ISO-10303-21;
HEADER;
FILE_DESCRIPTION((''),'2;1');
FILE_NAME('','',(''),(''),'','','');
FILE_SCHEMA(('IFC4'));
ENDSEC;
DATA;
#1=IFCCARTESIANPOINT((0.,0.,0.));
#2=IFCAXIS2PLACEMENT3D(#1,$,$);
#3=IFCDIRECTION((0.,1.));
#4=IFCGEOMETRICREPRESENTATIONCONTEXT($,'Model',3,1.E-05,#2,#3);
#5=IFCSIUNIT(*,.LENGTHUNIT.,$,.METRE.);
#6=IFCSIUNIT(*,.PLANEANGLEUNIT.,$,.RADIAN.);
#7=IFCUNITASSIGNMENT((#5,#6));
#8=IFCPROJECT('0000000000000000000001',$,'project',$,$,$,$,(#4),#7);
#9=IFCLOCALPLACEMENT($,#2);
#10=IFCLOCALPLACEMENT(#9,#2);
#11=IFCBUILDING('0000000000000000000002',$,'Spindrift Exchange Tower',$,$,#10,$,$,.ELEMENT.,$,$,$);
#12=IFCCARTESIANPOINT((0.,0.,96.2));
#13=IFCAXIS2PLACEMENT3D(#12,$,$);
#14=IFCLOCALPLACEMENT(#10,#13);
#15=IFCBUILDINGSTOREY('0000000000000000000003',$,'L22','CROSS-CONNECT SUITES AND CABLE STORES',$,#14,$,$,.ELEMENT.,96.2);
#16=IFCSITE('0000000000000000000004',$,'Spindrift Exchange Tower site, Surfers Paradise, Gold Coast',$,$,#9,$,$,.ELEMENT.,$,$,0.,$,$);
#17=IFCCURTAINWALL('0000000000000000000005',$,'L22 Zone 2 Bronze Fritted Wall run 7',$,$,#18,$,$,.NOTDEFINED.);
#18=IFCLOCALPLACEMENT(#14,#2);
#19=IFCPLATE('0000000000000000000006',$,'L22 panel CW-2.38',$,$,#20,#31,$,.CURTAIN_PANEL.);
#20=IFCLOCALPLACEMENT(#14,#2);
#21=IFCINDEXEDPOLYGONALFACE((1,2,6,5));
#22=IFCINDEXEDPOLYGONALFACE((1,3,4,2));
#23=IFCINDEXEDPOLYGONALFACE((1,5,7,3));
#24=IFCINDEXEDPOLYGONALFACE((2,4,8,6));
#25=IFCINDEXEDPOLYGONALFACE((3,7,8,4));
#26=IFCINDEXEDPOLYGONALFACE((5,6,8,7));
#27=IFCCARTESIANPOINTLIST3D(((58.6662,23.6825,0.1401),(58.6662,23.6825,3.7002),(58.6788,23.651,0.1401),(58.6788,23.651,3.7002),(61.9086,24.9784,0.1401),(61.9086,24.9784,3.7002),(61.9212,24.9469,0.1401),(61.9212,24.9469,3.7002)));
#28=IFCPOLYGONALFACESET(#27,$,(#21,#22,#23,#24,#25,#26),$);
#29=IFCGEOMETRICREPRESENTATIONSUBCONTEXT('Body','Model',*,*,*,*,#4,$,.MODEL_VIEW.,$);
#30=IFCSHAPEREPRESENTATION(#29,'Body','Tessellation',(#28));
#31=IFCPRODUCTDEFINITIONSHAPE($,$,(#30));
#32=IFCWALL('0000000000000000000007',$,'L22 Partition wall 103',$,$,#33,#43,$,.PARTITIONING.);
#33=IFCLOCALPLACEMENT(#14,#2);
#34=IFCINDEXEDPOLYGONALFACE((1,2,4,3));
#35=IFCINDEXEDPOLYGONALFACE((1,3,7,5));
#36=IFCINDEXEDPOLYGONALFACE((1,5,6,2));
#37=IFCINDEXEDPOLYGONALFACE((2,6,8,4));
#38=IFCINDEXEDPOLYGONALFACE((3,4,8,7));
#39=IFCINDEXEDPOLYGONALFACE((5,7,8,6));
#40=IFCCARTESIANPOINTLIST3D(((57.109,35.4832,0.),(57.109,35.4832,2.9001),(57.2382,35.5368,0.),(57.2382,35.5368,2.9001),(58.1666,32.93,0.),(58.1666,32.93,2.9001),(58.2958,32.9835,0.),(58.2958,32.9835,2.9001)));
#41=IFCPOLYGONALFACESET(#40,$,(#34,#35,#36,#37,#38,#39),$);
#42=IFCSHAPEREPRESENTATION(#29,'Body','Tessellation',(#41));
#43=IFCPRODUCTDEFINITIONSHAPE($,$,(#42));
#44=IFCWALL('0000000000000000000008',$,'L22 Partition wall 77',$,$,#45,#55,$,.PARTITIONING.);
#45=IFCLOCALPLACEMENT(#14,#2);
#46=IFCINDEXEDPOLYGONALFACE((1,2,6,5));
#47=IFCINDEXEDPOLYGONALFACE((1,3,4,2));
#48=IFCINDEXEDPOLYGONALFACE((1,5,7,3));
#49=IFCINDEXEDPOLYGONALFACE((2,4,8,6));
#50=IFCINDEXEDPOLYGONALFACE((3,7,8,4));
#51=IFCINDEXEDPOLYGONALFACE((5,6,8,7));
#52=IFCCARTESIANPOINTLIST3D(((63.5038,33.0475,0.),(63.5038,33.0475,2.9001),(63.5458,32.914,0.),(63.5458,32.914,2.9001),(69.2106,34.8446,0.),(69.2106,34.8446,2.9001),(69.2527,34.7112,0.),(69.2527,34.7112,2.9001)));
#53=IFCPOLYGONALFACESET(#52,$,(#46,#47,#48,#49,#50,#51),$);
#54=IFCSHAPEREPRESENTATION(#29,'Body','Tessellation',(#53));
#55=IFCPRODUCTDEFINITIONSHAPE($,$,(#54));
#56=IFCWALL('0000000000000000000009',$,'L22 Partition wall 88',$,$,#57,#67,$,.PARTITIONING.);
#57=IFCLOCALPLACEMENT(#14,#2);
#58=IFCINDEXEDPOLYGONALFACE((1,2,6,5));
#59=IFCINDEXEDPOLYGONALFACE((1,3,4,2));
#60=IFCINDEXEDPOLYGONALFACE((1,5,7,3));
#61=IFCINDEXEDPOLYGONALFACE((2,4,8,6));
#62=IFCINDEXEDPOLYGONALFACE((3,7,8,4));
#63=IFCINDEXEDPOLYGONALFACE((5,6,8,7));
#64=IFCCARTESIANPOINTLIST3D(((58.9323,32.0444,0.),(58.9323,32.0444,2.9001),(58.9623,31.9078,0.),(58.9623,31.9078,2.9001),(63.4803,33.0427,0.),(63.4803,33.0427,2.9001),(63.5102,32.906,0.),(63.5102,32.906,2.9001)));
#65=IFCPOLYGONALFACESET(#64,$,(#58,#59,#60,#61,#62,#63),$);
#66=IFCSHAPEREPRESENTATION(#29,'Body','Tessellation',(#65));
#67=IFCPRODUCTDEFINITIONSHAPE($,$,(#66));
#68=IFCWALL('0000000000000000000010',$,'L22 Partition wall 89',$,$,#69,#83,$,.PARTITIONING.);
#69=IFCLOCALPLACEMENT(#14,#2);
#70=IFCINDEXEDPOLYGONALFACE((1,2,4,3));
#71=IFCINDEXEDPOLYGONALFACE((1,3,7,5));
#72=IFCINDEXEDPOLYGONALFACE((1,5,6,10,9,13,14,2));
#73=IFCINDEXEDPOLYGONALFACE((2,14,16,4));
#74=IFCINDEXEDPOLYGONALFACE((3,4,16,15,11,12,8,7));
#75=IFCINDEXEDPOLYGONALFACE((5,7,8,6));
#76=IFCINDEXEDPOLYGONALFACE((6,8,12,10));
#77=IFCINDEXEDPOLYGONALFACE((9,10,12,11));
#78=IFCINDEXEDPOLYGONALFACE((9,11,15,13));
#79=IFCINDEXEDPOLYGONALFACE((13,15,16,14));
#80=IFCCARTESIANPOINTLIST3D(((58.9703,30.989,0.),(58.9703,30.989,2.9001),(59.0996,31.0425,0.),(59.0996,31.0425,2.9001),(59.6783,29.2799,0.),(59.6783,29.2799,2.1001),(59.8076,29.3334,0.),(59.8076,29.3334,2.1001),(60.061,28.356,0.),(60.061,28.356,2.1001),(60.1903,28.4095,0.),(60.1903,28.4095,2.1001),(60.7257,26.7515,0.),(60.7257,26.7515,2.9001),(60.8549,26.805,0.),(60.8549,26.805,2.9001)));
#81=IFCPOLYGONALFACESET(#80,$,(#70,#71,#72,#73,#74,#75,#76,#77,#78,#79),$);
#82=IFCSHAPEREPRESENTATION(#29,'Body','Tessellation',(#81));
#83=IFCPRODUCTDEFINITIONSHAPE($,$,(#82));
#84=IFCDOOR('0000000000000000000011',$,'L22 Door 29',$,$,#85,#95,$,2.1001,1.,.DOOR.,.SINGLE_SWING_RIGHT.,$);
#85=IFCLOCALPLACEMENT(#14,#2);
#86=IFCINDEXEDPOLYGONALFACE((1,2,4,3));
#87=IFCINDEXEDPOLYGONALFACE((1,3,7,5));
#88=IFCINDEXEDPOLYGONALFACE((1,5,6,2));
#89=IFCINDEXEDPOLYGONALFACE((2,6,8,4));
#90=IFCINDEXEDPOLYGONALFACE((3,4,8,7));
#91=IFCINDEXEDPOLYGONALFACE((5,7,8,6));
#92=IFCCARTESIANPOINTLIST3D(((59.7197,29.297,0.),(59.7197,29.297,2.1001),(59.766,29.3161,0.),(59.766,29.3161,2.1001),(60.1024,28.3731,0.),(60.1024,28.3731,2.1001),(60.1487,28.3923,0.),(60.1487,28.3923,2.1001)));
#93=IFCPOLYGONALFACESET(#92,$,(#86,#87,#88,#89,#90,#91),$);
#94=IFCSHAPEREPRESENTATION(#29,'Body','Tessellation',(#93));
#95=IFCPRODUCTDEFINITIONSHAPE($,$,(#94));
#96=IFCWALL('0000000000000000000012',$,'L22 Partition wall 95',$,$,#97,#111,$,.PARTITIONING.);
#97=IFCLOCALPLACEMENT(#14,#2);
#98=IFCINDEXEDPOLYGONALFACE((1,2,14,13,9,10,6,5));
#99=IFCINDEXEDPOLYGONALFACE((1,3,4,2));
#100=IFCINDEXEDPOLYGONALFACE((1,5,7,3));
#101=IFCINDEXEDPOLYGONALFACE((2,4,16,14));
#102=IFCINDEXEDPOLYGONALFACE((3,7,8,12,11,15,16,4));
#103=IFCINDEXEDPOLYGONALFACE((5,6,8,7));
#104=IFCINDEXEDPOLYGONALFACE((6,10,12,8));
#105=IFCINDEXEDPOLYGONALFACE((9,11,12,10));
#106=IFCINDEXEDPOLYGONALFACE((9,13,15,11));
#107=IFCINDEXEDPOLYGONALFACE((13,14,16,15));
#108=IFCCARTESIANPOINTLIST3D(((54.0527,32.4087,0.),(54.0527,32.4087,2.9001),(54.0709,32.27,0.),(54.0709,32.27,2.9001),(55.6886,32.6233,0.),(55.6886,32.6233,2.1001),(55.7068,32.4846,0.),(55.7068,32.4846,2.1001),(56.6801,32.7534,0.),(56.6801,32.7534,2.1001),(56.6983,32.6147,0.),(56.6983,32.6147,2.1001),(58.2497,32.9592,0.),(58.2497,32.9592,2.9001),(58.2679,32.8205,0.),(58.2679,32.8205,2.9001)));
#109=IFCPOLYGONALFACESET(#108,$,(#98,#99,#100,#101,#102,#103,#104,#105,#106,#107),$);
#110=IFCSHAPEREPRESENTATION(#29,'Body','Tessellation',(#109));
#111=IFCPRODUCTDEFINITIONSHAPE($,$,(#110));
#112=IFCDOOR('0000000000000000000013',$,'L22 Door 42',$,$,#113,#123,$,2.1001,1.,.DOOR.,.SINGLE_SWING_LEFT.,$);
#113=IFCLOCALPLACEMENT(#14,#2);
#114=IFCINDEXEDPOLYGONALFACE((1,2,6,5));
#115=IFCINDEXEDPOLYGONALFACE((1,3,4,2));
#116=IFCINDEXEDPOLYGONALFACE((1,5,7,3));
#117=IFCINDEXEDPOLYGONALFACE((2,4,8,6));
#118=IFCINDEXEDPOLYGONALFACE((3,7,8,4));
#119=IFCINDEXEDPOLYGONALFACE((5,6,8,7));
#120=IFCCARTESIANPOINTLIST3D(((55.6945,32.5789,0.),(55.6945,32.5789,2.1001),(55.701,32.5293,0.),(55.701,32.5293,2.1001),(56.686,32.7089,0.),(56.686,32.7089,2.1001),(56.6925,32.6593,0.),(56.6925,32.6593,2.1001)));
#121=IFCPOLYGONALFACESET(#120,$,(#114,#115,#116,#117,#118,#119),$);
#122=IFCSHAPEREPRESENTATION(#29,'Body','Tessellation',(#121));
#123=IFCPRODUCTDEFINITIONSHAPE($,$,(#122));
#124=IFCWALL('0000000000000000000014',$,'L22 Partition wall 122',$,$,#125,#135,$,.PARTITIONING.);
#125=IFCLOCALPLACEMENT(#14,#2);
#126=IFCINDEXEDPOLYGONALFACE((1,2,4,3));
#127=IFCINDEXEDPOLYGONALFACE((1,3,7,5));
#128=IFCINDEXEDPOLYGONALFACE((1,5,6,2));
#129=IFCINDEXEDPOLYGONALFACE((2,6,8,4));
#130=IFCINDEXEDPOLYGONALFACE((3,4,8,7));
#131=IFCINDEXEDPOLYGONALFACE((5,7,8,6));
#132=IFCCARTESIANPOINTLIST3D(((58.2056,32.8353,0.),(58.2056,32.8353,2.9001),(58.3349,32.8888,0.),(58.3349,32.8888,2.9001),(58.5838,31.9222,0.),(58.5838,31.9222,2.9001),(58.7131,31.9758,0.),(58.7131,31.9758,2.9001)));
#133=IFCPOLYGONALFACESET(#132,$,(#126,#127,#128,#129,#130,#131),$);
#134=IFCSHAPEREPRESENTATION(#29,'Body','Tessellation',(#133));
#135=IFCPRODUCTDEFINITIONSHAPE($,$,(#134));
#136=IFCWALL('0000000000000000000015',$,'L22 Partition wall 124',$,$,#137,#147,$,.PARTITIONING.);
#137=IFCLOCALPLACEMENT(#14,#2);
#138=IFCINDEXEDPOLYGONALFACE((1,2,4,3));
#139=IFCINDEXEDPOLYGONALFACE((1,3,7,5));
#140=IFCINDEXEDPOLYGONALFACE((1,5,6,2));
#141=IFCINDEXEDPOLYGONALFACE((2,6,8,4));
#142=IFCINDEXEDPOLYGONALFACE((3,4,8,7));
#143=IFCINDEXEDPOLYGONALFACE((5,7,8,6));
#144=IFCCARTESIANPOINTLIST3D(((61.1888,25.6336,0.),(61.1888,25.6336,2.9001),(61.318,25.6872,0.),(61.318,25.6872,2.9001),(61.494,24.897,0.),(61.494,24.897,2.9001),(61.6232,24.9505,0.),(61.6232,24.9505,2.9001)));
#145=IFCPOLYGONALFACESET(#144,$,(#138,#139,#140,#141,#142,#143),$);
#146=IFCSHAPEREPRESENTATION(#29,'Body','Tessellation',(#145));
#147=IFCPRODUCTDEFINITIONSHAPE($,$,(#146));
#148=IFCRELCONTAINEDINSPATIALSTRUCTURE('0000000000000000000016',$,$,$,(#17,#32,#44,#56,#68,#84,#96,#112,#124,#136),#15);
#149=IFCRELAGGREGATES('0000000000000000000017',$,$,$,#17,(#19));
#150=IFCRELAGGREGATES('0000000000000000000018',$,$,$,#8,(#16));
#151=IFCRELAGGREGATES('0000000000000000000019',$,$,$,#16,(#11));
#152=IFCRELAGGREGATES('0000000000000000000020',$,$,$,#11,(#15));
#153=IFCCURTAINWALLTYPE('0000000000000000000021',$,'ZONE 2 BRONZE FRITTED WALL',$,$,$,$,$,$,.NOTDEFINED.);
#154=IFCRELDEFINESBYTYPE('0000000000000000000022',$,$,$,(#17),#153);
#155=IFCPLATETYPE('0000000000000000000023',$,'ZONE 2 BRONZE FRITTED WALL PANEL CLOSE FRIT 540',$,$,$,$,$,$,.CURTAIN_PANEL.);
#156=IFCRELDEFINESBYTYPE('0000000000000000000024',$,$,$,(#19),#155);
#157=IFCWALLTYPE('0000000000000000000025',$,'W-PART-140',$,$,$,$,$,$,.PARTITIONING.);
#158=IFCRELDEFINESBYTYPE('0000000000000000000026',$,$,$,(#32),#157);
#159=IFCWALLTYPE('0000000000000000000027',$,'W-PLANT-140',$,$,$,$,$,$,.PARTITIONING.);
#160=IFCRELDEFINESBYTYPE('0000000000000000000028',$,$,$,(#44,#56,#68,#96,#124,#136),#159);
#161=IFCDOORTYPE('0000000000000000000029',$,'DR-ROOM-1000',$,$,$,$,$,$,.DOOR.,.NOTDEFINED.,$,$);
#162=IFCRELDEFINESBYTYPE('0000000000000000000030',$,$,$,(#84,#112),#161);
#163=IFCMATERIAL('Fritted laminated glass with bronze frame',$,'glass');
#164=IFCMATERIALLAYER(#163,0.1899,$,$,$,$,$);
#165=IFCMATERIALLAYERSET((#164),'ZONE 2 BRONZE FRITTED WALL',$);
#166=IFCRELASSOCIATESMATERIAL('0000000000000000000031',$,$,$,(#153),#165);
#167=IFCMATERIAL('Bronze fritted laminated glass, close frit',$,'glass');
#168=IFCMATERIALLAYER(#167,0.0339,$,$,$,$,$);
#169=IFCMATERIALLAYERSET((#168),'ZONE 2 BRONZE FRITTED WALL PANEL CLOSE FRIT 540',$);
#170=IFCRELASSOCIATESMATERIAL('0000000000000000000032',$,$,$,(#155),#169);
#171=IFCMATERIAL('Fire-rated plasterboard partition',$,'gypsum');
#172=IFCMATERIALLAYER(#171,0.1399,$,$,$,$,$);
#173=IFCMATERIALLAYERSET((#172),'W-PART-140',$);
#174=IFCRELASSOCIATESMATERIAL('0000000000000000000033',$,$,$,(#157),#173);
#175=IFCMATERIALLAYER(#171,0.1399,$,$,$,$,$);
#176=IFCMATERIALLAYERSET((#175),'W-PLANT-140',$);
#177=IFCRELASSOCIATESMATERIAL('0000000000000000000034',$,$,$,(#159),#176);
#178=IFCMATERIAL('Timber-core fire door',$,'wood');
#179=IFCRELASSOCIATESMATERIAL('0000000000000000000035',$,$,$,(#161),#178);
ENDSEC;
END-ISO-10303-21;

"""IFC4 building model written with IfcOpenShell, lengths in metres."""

from ifc_helpers import new_model, si_unit, direction, frame, frame_2d, origin, origin_2d, place, context, subcontext, project, spatial, rectangle, extrude, source, transform, mapped, material, layer, layer_set, type_object, element, fill, aggregate, save


model = new_model("IFC4")

# Units and contexts
model_context = context("Model", 3, precision=1e-05, world=origin(), true_north=direction((0.0, 1.0)))
body_context = subcontext(model_context, "Body", "Model", "MODEL_VIEW")
ifc_project = project(units=[si_unit("LENGTHUNIT", "METRE"), si_unit("PLANEANGLEUNIT", "RADIAN")], contexts=[model_context])

# Site, building, storey
site_placement = place(None, origin())
site = spatial("IfcSite", under=ifc_project, at=site_placement, Name="Spindrift Exchange Tower site, Surfers Paradise, Gold Coast", CompositionType="ELEMENT", RefElevation=0.0)
building_placement = place(site_placement, origin())
building = spatial("IfcBuilding", under=site, at=building_placement, Name="Spindrift Exchange Tower", CompositionType="ELEMENT")
storey_placement = place(building_placement, frame((0.0, 0.0, 96.2)))
storey = spatial("IfcBuildingStorey", under=building, at=storey_placement, Name="L22", Description="CROSS-CONNECT SUITES AND CABLE STORES", CompositionType="ELEMENT", Elevation=96.2)

# Curtain wall
ifc_material_1 = material(Name="Fritted laminated glass with bronze frame", Category="glass")
ifc_layer_1 = layer(ifc_material_1, 0.1899)
ifc_layer_set_1 = layer_set([ifc_layer_1], Name="ZONE 2 BRONZE FRITTED WALL")
curtain_wall_type = type_object("IfcCurtainWallType", Name="ZONE 2 BRONZE FRITTED WALL", PredefinedType="NOTDEFINED", material=ifc_layer_set_1)
curtain_wall_1_placement = place(storey_placement, origin())
curtain_wall_1 = element("IfcCurtainWall", 1, at=curtain_wall_1_placement, inside=storey, type_object=curtain_wall_type, Name="L22 Zone 2 Bronze Fritted Wall run 7", PredefinedType="NOTDEFINED")

# Plate
ifc_material_2 = material(Name="Bronze fritted laminated glass, close frit", Category="glass")
ifc_layer_2 = layer(ifc_material_2, 0.0339)
ifc_layer_set_2 = layer_set([ifc_layer_2], Name="ZONE 2 BRONZE FRITTED WALL PANEL CLOSE FRIT 540")
plate_type_1 = type_object("IfcPlateType", Name="ZONE 2 BRONZE FRITTED WALL PANEL CLOSE FRIT 540", PredefinedType="CURTAIN_PANEL", material=ifc_layer_set_2)
shared_shape_1 = source(origin(), body_context, "Body", "SweptSolid", [
    extrude(rectangle(XDim=3.4917, YDim=0.0339, at=origin_2d()), origin(), (0.0, 0.0, 1.0), 3.5601),
])
plate_1_placement = place(storey_placement, frame((60.2937, 24.3147, 0.1401), z_axis=(0.0, 0.0, 1.0), x_axis=(0.928583, 0.371125, 0.0)))
plate_1 = element("IfcPlate", 2, at=plate_1_placement, type_object=plate_type_1, Name="L22 panel CW-2.38", PredefinedType="CURTAIN_PANEL", context=body_context, shape_type="MappedRepresentation", body=[
    mapped(shared_shape_1, transform((0.0, 0.0, 0.0), scale=1.0)),
])
aggregate(curtain_wall_1, [plate_1])

# Walls
ifc_material_3 = material(Name="Fire-rated plasterboard partition", Category="gypsum")
ifc_layer_3 = layer(ifc_material_3, 0.1399)
ifc_layer_set_3 = layer_set([ifc_layer_3], Name="W-PART-140")
wall_type_1 = type_object("IfcWallType", Name="W-PART-140", PredefinedType="PARTITIONING", material=ifc_layer_set_3)
wall_1_placement = place(storey_placement, frame((57.1736, 35.51, 0.0), z_axis=(0.0, 0.0, 1.0), x_axis=(0.382695, -0.923875, 0.0)))
element("IfcWall", 3, at=wall_1_placement, inside=storey, type_object=wall_type_1, Name="L22 Partition wall 103", PredefinedType="PARTITIONING", context=body_context, shape_type="SweptSolid", body=[
    extrude(rectangle(XDim=2.7637, YDim=0.1399, at=frame_2d((1.3818, 0.0))), origin(), (0.0, 0.0, 1.0), 2.9001),
])
ifc_layer_4 = layer(ifc_material_3, 0.1399)
ifc_layer_set_4 = layer_set([ifc_layer_4], Name="W-PLANT-140")
wall_type_2 = type_object("IfcWallType", Name="W-PLANT-140", PredefinedType="PARTITIONING", material=ifc_layer_set_4)
wall_2_placement = place(storey_placement, frame((63.5247, 32.9807, 0.0), z_axis=(0.0, 0.0, 1.0), x_axis=(0.953823, 0.300368, 0.0)))
element("IfcWall", 4, at=wall_2_placement, inside=storey, type_object=wall_type_2, Name="L22 Partition wall 77", PredefinedType="PARTITIONING", context=body_context, shape_type="SweptSolid", body=[
    extrude(rectangle(XDim=5.9832, YDim=0.1399, at=frame_2d((2.9917, 0.0))), origin(), (0.0, 0.0, 1.0), 2.9001),
])
wall_3_placement = place(storey_placement, frame((58.9473, 31.9761, 0.0), z_axis=(0.0, 0.0, 1.0), x_axis=(0.976748, 0.214393, 0.0)))
element("IfcWall", 5, at=wall_3_placement, inside=storey, type_object=wall_type_2, Name="L22 Partition wall 88", PredefinedType="PARTITIONING", context=body_context, shape_type="SweptSolid", body=[
    extrude(rectangle(XDim=4.6562, YDim=0.1399, at=frame_2d((2.3281, 0.0))), origin(), (0.0, 0.0, 1.0), 2.9001),
])

# Walls, openings, doors
wall_4_placement = place(storey_placement, frame((59.0349, 31.0159, 0.0), z_axis=(0.0, 0.0, 1.0), x_axis=(0.382706, -0.92387, 0.0)))
wall_4 = element("IfcWall", 6, at=wall_4_placement, inside=storey, type_object=wall_type_2, Name="L22 Partition wall 89", PredefinedType="PARTITIONING", context=body_context, shape_type="SweptSolid", body=[
    extrude(rectangle(XDim=4.5867, YDim=0.1399, at=frame_2d((2.2935, 0.0))), origin(), (0.0, 0.0, 1.0), 2.9001),
])
opening_1_placement = place(wall_4_placement, frame((1.8501, 0.0, 0.0)))
opening_1 = element("IfcOpeningElement", 7, at=opening_1_placement, cuts=wall_4, PredefinedType="OPENING", context=body_context, shape_type="SweptSolid", body=[
    extrude(rectangle(XDim=1.0, YDim=2.1001, at=frame_2d((0.5, 1.05))), frame((0.0, 0.0798, 0.0), z_axis=(0.0, -1.0, 0.0), x_axis=(1.0, 0.0, 0.0)), (0.0, 0.0, 1.0), 0.1599),
])
ifc_material_4 = material(Name="Timber-core fire door", Category="wood")
door_type = type_object("IfcDoorType", Name="DR-ROOM-1000", OperationType="NOTDEFINED", PredefinedType="DOOR", material=ifc_material_4)
shared_shape_2 = source(origin(), body_context, "Body", "SweptSolid", [
    extrude(rectangle(XDim=1.0, YDim=2.1001, at=frame_2d((0.5, 1.05))), frame((0.0, 0.0249, 0.0), z_axis=(0.0, -1.0, 0.0), x_axis=(1.0, 0.0, 0.0)), (0.0, 0.0, 1.0), 0.05),
])
door_1_placement = place(opening_1_placement, origin())
door_1 = element("IfcDoor", 8, at=door_1_placement, inside=storey, type_object=door_type, Name="L22 Door 29", OperationType="SINGLE_SWING_RIGHT", OverallHeight=2.1001, OverallWidth=1.0, PredefinedType="DOOR", context=body_context, shape_type="MappedRepresentation", body=[
    mapped(shared_shape_2, transform((0.0, 0.0, 0.0), scale=1.0)),
])
fill(opening_1, door_1)
wall_5_placement = place(storey_placement, frame((58.2588, 32.8899, 0.0), z_axis=(0.0, 0.0, 1.0), x_axis=(-0.991506, -0.130059, 0.0)))
wall_5 = element("IfcWall", 9, at=wall_5_placement, inside=storey, type_object=wall_type_2, Name="L22 Partition wall 95", PredefinedType="PARTITIONING", context=body_context, shape_type="SweptSolid", body=[
    extrude(rectangle(XDim=4.2329, YDim=0.1399, at=frame_2d((2.1165, 0.0))), origin(), (0.0, 0.0, 1.0), 2.9001),
])
opening_2_placement = place(wall_5_placement, frame((1.583, 0.0, 0.0)))
opening_2 = element("IfcOpeningElement", 10, at=opening_2_placement, cuts=wall_5, PredefinedType="OPENING", context=body_context, shape_type="SweptSolid", body=[
    extrude(rectangle(XDim=1.0, YDim=2.1001, at=frame_2d((0.5, 1.05))), frame((0.0, 0.0798, 0.0), z_axis=(0.0, -1.0, 0.0), x_axis=(1.0, 0.0, 0.0)), (0.0, 0.0, 1.0), 0.1599),
])
door_2_placement = place(opening_2_placement, origin())
door_2 = element("IfcDoor", 11, at=door_2_placement, inside=storey, type_object=door_type, Name="L22 Door 42", OperationType="SINGLE_SWING_LEFT", OverallHeight=2.1001, OverallWidth=1.0, PredefinedType="DOOR", context=body_context, shape_type="MappedRepresentation", body=[
    mapped(shared_shape_2, transform((0.0, 0.0, 0.0), scale=1.0)),
])
fill(opening_2, door_2)

# Walls
wall_6_placement = place(storey_placement, frame((58.2703, 32.8621, 0.0), z_axis=(0.0, 0.0, 1.0), x_axis=(0.38265, -0.923893, 0.0)))
element("IfcWall", 12, at=wall_6_placement, inside=storey, type_object=wall_type_2, Name="L22 Partition wall 122", PredefinedType="PARTITIONING", context=body_context, shape_type="SweptSolid", body=[
    extrude(rectangle(XDim=0.9883, YDim=0.1399, at=frame_2d((0.4941, 0.0))), origin(), (0.0, 0.0, 1.0), 2.9001),
])
wall_7_placement = place(storey_placement, frame((61.2534, 25.6604, 0.0), z_axis=(0.0, 0.0, 1.0), x_axis=(0.382766, -0.923845, 0.0)))
element("IfcWall", 13, at=wall_7_placement, inside=storey, type_object=wall_type_2, Name="L22 Partition wall 124", PredefinedType="PARTITIONING", context=body_context, shape_type="SweptSolid", body=[
    extrude(rectangle(XDim=0.7974, YDim=0.1399, at=frame_2d((0.3987, 0.0))), origin(), (0.0, 0.0, 1.0), 2.9001),
])

save(model, "model.ifc")
